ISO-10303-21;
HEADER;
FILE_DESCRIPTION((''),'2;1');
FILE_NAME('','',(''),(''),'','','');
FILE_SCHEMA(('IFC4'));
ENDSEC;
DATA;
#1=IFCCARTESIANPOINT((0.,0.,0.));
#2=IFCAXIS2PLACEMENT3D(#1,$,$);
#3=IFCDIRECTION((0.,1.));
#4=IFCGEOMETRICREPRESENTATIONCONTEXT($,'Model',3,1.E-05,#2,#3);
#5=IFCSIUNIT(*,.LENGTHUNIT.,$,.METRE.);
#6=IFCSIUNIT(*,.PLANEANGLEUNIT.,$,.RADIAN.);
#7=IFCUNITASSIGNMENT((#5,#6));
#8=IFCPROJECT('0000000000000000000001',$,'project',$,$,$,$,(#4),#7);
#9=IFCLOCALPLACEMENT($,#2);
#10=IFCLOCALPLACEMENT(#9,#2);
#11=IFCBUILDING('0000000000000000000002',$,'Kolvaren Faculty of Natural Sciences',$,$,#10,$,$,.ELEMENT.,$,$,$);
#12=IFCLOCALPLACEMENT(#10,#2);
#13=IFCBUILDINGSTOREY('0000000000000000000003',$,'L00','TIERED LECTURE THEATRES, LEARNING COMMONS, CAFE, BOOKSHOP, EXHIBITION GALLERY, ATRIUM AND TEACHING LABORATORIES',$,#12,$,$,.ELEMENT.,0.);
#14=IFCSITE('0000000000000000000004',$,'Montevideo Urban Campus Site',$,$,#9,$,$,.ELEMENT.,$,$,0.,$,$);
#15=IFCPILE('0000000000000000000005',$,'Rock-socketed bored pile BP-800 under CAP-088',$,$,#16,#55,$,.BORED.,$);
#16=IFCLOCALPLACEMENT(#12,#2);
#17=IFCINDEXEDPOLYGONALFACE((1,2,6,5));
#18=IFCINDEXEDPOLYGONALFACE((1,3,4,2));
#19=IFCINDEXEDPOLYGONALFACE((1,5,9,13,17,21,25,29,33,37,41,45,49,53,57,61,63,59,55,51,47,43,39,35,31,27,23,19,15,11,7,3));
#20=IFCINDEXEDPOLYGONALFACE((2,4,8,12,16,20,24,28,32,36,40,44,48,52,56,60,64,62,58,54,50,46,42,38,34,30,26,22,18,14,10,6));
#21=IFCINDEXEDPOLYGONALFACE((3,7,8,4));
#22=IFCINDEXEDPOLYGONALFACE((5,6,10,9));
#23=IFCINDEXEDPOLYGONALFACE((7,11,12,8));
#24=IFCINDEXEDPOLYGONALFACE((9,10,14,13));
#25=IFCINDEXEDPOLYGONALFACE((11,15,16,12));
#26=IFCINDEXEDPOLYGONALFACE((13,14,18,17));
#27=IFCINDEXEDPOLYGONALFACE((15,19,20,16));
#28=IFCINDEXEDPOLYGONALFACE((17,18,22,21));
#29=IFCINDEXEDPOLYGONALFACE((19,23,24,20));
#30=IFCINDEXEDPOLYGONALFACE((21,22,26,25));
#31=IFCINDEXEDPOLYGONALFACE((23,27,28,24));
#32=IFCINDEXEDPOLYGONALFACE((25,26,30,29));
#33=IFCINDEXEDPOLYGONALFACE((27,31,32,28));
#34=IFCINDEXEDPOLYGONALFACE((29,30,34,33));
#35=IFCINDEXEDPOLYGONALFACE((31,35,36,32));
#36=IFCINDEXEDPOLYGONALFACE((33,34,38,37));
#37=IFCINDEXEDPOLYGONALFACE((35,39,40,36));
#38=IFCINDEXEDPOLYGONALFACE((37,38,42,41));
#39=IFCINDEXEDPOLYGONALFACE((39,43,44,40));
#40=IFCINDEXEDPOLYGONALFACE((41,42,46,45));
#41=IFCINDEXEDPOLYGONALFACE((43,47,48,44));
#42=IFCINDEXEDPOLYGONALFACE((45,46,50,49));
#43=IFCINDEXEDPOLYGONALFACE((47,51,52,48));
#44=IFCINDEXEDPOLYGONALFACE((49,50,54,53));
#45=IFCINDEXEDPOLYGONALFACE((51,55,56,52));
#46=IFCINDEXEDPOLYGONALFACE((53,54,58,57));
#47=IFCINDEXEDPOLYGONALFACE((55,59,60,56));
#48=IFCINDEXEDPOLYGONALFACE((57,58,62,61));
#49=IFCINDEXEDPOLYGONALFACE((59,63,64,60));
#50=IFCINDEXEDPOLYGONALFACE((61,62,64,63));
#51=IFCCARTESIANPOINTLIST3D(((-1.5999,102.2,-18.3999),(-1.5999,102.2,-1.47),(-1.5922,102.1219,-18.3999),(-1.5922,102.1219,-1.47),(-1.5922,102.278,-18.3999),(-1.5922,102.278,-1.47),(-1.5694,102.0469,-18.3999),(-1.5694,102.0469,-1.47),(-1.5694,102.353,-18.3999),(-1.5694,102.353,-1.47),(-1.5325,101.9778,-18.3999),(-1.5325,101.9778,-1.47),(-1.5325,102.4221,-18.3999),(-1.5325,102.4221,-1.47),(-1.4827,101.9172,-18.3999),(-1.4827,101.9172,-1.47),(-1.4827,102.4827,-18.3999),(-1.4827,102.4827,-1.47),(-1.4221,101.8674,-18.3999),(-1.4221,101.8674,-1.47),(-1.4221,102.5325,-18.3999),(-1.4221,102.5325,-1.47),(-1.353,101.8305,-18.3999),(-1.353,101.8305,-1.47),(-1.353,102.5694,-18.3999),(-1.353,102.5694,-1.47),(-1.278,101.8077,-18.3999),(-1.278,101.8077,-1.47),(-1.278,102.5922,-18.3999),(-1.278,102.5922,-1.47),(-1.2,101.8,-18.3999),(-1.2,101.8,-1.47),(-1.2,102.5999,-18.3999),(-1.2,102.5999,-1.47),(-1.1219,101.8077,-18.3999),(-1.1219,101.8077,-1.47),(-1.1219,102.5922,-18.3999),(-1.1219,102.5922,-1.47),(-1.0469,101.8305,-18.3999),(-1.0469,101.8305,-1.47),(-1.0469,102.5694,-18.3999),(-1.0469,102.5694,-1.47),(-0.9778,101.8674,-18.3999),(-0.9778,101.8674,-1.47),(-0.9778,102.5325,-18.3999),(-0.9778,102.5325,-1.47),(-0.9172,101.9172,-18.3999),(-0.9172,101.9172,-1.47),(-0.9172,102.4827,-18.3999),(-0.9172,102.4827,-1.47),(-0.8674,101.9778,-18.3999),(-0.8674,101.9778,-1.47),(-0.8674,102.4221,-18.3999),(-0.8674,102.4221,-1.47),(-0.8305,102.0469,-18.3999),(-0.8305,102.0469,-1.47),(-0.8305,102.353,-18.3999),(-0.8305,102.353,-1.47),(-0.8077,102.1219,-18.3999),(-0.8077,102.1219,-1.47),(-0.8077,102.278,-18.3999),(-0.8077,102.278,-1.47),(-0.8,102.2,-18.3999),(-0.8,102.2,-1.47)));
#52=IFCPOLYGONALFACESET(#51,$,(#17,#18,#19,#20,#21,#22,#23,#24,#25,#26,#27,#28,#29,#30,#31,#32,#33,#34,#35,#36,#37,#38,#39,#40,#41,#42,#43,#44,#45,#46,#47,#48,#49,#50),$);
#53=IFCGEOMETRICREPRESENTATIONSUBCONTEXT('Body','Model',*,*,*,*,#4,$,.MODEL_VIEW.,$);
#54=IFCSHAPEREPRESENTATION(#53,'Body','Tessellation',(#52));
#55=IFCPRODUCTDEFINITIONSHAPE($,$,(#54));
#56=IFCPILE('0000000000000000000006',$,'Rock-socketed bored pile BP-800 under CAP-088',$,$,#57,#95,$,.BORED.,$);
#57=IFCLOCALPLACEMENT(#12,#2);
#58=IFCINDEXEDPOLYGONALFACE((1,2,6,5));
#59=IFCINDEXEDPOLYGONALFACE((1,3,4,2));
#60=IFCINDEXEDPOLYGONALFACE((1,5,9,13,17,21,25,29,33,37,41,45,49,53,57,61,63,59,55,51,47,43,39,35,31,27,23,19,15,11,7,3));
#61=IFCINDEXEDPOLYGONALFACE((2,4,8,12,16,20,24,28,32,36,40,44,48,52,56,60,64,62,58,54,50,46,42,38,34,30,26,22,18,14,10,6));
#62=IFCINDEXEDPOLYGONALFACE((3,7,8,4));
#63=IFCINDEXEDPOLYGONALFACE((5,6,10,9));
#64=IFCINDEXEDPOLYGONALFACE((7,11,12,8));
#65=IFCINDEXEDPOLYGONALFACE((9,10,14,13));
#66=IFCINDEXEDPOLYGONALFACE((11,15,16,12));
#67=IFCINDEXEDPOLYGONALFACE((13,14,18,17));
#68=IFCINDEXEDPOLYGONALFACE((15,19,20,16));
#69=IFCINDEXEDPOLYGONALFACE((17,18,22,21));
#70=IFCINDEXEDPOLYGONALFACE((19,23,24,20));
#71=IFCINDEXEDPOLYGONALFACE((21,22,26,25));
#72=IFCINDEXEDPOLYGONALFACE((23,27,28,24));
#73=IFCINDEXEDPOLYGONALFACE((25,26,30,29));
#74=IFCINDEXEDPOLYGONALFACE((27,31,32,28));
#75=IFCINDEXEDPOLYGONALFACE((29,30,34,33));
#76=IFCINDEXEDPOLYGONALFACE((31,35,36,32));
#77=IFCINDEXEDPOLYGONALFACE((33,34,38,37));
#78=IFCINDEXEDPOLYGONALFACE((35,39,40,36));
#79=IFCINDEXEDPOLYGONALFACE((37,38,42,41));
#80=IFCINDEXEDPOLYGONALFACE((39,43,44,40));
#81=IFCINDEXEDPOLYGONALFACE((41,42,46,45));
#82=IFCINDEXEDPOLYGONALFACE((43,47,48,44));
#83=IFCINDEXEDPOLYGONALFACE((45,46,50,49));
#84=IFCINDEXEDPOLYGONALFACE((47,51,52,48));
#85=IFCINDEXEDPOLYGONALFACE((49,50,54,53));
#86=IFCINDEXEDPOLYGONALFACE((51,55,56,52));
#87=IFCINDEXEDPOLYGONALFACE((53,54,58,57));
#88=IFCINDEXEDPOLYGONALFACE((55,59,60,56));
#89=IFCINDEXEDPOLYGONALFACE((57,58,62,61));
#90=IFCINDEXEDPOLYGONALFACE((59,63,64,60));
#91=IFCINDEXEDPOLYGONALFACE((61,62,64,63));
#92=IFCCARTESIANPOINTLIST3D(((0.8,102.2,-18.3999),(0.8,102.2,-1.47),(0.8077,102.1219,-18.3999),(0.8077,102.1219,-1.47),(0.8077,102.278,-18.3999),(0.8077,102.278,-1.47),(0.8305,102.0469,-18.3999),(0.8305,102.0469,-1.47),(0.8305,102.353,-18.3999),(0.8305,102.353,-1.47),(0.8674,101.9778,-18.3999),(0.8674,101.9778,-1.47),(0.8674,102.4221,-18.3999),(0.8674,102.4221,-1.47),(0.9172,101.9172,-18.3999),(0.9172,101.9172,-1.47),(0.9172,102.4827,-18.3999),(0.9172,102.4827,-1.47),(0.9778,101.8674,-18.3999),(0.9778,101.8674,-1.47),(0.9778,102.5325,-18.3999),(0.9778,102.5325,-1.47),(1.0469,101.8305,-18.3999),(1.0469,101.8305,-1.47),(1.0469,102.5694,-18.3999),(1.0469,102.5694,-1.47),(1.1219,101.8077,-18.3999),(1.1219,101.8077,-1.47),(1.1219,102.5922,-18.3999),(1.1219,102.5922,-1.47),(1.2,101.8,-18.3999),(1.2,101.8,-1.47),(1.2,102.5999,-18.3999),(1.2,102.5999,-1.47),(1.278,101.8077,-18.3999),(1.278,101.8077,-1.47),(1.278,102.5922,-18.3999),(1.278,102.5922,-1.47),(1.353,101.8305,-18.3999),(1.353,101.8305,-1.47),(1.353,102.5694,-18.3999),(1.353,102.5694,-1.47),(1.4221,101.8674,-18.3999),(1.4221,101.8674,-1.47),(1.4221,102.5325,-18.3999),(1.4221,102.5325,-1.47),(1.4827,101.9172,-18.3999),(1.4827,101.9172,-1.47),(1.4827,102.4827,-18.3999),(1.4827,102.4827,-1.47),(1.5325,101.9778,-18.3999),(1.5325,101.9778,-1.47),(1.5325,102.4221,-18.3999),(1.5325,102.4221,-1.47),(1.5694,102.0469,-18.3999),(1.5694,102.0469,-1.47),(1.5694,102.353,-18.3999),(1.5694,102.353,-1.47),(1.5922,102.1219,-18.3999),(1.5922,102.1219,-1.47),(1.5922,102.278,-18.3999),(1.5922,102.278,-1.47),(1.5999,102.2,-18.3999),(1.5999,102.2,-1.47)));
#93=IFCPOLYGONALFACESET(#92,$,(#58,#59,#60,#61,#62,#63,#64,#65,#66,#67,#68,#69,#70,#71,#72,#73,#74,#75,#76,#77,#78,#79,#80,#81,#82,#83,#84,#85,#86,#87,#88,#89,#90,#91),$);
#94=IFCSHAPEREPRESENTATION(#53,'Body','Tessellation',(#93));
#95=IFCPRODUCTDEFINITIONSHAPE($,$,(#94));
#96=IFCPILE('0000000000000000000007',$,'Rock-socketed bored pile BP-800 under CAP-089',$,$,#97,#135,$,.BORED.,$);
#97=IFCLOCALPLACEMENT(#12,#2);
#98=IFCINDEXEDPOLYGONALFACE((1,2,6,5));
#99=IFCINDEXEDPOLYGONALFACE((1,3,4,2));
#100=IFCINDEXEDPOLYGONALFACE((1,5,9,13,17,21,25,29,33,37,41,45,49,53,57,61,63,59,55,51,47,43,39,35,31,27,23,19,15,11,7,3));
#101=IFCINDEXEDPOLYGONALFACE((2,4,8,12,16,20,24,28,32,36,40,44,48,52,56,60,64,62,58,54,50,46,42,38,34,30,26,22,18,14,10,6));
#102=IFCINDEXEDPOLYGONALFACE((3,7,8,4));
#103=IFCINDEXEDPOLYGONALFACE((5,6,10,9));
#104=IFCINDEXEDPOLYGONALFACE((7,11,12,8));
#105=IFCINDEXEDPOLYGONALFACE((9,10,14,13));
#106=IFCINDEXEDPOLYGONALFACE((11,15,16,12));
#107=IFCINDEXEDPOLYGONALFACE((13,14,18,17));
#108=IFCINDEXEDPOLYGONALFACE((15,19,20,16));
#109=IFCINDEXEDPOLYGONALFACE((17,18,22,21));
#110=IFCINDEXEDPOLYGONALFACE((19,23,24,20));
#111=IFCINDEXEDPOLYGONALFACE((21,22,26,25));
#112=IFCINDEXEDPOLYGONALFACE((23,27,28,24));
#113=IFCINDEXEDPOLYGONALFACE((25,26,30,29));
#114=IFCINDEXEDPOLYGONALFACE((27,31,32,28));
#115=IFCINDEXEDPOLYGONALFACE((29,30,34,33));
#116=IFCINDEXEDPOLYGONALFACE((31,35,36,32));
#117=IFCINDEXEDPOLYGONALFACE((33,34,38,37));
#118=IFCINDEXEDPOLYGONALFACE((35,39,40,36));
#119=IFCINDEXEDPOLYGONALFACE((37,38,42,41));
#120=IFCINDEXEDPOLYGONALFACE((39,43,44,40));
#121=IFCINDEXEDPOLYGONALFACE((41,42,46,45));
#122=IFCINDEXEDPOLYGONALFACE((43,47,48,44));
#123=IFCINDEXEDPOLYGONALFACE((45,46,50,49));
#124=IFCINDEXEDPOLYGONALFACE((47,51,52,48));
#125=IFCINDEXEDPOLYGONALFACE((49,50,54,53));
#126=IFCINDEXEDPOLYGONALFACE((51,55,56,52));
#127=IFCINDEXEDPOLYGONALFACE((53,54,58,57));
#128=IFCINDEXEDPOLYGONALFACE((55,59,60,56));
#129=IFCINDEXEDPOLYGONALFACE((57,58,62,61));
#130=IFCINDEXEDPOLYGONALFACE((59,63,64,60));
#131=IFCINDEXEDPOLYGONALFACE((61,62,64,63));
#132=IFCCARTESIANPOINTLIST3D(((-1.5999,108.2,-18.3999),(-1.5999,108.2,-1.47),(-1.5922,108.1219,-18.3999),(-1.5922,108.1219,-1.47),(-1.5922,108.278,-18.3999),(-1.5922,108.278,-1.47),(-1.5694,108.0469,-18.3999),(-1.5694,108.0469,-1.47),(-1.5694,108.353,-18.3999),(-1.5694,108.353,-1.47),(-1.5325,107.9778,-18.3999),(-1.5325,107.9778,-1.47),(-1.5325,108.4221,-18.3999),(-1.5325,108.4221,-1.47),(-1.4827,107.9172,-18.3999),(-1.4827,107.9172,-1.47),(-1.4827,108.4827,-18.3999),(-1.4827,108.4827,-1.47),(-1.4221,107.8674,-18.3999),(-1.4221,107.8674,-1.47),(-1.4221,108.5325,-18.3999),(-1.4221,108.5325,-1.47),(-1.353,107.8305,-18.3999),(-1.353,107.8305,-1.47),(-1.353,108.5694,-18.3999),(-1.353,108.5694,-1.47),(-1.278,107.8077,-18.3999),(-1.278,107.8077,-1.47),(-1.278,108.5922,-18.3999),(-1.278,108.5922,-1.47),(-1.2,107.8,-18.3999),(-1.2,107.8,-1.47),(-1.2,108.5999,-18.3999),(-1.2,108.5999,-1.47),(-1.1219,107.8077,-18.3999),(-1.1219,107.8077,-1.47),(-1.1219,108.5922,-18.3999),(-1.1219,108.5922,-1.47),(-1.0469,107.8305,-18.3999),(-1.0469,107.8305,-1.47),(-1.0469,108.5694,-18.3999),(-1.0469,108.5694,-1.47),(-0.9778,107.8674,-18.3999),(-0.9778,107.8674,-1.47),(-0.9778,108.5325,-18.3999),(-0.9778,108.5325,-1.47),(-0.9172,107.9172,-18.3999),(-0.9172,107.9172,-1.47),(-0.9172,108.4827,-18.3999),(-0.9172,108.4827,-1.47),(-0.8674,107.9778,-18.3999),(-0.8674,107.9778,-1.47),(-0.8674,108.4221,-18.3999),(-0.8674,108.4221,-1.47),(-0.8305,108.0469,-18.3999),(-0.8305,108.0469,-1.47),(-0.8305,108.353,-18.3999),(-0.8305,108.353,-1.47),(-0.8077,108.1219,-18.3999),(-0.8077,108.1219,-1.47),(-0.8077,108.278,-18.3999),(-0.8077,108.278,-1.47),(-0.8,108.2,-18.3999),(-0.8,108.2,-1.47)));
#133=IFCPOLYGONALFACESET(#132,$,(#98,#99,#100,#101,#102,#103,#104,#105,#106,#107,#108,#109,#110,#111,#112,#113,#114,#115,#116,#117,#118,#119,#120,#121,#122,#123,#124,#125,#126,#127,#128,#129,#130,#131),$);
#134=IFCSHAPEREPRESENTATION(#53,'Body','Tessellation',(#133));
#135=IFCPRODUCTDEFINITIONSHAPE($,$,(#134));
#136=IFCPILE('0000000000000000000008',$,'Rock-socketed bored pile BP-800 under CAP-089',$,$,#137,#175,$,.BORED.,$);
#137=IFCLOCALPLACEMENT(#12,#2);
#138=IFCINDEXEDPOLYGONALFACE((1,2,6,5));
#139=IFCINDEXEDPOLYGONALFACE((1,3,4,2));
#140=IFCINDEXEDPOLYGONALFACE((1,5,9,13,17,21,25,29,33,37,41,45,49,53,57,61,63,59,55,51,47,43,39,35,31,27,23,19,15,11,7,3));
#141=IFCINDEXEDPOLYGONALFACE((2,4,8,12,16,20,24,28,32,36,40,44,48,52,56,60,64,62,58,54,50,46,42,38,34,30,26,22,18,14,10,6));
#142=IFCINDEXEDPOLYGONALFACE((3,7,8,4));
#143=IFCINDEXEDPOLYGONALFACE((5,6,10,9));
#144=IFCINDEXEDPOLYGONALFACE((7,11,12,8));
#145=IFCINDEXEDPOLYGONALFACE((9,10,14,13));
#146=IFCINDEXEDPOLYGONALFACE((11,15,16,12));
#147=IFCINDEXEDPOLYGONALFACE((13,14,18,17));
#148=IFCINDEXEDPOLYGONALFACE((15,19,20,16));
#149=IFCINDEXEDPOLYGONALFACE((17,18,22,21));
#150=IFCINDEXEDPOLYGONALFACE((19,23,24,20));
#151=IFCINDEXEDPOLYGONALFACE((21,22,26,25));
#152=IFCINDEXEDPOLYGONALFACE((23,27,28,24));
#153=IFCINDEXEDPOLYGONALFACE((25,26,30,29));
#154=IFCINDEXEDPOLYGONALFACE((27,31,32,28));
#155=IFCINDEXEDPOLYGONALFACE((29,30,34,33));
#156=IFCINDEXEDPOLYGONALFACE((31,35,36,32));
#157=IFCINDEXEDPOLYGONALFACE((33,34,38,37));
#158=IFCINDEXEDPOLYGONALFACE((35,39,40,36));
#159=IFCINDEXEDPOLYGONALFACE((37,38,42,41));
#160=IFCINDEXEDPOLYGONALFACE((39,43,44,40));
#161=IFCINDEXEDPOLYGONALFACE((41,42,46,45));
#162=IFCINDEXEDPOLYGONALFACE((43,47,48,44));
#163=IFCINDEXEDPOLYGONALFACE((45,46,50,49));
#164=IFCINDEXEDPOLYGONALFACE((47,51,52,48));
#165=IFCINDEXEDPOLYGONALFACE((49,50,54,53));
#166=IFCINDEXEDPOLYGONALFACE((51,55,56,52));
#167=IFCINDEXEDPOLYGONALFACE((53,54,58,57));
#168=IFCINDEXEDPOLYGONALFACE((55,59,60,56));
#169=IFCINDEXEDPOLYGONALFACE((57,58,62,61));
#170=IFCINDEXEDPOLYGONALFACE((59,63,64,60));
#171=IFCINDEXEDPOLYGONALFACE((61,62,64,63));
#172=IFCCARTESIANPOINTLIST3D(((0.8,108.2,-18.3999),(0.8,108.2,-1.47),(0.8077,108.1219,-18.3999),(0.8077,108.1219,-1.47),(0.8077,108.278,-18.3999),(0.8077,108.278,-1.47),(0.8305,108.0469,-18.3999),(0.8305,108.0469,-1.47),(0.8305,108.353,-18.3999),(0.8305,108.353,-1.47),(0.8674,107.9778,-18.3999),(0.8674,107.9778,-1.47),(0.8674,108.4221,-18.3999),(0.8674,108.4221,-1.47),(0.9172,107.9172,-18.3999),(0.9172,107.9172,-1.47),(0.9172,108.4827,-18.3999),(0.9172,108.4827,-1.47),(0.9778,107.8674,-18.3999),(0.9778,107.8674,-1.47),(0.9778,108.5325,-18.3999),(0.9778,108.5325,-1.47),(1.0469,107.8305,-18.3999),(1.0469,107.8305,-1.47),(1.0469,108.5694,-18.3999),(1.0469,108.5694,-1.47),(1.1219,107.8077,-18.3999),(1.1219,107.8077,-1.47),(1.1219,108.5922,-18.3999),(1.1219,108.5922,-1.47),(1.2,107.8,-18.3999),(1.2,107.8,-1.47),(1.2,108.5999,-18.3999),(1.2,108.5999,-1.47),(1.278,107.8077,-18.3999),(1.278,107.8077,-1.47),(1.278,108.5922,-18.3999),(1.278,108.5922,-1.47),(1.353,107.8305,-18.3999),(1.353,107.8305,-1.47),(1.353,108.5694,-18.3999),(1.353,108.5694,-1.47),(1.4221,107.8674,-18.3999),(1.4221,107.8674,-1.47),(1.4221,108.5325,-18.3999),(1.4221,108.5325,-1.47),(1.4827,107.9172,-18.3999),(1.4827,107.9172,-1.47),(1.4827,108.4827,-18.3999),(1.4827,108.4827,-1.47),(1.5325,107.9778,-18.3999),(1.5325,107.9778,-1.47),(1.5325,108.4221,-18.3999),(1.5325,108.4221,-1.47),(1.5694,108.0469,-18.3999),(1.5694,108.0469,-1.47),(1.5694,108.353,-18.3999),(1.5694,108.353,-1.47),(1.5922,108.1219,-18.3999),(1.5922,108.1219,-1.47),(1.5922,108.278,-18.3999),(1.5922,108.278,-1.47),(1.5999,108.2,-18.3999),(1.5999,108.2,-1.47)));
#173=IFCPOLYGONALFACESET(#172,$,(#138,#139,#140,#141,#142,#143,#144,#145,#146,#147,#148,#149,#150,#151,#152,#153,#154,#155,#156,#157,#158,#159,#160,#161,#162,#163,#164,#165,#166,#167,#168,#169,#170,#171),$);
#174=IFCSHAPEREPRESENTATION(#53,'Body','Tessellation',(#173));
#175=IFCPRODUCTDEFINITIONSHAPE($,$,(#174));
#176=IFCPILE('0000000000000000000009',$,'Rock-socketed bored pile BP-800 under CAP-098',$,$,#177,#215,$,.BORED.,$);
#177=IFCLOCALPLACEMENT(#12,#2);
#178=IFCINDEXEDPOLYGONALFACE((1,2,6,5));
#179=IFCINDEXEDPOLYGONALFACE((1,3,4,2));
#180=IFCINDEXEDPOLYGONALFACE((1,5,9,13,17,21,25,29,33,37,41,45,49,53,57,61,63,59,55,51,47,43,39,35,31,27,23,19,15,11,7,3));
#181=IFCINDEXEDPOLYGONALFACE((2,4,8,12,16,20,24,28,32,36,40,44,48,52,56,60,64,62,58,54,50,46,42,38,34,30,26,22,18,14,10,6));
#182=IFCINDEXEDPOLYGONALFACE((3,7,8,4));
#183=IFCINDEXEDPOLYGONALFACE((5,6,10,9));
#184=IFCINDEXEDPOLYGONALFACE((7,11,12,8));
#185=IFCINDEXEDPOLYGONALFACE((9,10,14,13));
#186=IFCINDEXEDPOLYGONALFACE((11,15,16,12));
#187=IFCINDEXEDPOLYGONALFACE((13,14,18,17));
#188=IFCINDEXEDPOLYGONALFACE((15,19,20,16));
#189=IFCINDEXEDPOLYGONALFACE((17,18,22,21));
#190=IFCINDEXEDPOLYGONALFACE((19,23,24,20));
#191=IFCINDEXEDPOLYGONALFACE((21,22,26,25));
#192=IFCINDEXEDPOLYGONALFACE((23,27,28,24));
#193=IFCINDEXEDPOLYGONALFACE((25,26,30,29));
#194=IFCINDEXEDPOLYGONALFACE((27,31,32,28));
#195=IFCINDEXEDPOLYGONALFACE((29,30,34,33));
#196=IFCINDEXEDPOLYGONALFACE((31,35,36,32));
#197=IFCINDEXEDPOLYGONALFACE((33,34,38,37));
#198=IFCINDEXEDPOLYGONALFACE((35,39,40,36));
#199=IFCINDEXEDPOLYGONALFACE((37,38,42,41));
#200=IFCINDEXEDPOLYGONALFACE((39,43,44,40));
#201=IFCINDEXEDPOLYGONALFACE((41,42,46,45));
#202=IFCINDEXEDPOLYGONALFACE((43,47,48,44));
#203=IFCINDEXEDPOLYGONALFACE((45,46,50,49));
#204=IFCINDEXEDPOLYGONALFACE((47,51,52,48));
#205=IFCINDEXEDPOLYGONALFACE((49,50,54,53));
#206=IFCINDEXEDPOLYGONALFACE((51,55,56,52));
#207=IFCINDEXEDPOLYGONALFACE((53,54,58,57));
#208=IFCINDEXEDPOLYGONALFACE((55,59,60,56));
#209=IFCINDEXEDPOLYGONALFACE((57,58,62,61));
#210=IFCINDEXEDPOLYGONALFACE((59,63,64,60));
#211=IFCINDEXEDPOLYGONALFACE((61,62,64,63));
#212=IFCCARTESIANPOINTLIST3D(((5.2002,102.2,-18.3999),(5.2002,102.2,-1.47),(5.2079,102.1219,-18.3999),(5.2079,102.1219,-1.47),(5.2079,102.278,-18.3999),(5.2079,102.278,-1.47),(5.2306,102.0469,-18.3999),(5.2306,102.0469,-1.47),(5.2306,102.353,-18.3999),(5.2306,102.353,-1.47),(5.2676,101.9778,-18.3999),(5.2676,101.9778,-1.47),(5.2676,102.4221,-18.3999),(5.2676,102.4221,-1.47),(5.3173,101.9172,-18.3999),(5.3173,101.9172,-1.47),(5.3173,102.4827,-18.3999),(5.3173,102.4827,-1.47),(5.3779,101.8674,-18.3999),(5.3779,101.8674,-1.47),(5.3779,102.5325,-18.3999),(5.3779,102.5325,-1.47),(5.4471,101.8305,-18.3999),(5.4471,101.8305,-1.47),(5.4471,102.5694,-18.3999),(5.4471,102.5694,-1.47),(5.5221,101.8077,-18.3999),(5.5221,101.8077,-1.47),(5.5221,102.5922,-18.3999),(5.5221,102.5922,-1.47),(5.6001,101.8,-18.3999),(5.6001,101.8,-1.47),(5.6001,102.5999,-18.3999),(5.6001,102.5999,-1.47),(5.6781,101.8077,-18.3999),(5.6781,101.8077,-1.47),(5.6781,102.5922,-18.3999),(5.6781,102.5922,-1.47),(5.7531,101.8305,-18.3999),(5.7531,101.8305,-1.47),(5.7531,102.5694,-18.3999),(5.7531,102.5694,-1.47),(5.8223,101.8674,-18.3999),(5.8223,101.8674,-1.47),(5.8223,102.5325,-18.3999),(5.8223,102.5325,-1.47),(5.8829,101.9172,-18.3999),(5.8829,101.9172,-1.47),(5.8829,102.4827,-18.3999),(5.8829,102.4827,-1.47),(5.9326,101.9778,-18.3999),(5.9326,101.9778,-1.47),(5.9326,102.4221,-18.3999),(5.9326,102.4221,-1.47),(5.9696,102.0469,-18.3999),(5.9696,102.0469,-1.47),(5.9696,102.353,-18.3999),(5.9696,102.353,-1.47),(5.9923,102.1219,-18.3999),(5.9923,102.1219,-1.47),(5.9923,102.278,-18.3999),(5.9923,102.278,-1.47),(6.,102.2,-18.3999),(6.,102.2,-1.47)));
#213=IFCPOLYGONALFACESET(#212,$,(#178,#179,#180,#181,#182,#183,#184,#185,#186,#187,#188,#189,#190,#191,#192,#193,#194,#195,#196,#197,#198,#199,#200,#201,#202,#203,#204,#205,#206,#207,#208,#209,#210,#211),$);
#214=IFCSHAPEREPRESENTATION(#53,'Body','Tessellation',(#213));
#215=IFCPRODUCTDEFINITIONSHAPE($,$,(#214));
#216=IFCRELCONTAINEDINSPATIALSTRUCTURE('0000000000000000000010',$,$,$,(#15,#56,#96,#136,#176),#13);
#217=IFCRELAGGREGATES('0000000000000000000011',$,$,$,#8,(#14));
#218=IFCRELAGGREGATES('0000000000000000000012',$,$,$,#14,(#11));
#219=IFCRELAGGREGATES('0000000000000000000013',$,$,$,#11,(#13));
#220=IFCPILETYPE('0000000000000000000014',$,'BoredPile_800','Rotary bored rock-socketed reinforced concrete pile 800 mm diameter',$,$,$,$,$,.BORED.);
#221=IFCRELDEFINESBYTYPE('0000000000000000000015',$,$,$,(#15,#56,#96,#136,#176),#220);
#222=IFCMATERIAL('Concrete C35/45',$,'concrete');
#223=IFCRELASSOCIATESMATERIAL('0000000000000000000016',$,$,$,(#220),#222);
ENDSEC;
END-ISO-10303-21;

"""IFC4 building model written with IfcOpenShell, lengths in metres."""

from ifc_helpers import new_model, si_unit, direction, frame, origin, origin_2d, place, context, subcontext, project, spatial, circle, extrude, material, material_profile, profile_set, type_object, element, save


model = new_model("IFC4")

# Units and contexts
model_context = context("Model", 3, precision=1e-05, world=origin(), true_north=direction((0.0, 1.0)))
body_context = subcontext(model_context, "Body", "Model", "MODEL_VIEW")
ifc_project = project(units=[si_unit("LENGTHUNIT", "METRE"), si_unit("PLANEANGLEUNIT", "RADIAN")], contexts=[model_context])

# Site, building, storey
site_placement = place(None, origin())
site = spatial("IfcSite", under=ifc_project, at=site_placement, Name="Montevideo Urban Campus Site", CompositionType="ELEMENT", RefElevation=0.0)
building_placement = place(site_placement, origin())
building = spatial("IfcBuilding", under=site, at=building_placement, Name="Kolvaren Faculty of Natural Sciences", CompositionType="ELEMENT")
storey_placement = place(building_placement, origin())
storey = spatial("IfcBuildingStorey", under=building, at=storey_placement, Name="L00", Description="TIERED LECTURE THEATRES, LEARNING COMMONS, CAFE, BOOKSHOP, EXHIBITION GALLERY, ATRIUM AND TEACHING LABORATORIES", CompositionType="ELEMENT", Elevation=0.0)

# Piles
ifc_material_1 = material(Name="Concrete C35/45", Category="concrete")
ifc_material_profile_1 = material_profile(ifc_material_1, circle(Radius=0.3999, at=origin_2d()), Name="PILE D800")
ifc_profile_set_1 = profile_set([ifc_material_profile_1], Name="Concrete C35/45")
pile_type = type_object("IfcPileType", Name="BoredPile_800", Description="Rotary bored rock-socketed reinforced concrete pile 800 mm diameter", PredefinedType="BORED", material=ifc_profile_set_1)
for number, where, z_axis, x_axis, name in (
    (1, (-1.2, 102.2, -1.47), (0.0, 0.0, -1.0), (1.0, 0.0, 0.0), "Rock-socketed bored pile BP-800 under CAP-088"),
    (2, (1.2, 102.2, -1.47), (0.0, 0.0, -1.0), (1.0, 0.0, 0.0), "Rock-socketed bored pile BP-800 under CAP-088"),
    (3, (-1.2, 108.2, -1.47), (0.0, 0.0, -1.0), (1.0, 0.0, 0.0), "Rock-socketed bored pile BP-800 under CAP-089"),
    (4, (1.2, 108.2, -1.47), (0.0, 0.0, -1.0), (1.0, 0.0, 0.0), "Rock-socketed bored pile BP-800 under CAP-089"),
    (5, (5.6001, 102.2, -1.47), (0.0, 0.0, -1.0), (1.0, 0.0, 0.0), "Rock-socketed bored pile BP-800 under CAP-098"),
):
    element("IfcPile", number, at=place(storey_placement, frame(where, z_axis=z_axis, x_axis=x_axis)), inside=storey, type_object=pile_type, Name=name, PredefinedType="BORED", context=body_context, shape_type="SweptSolid", body=[
        extrude(circle(Radius=0.3999, at=origin_2d()), origin(), (0.0, 0.0, 1.0), 16.9299),
    ])

save(model, "model.ifc")
